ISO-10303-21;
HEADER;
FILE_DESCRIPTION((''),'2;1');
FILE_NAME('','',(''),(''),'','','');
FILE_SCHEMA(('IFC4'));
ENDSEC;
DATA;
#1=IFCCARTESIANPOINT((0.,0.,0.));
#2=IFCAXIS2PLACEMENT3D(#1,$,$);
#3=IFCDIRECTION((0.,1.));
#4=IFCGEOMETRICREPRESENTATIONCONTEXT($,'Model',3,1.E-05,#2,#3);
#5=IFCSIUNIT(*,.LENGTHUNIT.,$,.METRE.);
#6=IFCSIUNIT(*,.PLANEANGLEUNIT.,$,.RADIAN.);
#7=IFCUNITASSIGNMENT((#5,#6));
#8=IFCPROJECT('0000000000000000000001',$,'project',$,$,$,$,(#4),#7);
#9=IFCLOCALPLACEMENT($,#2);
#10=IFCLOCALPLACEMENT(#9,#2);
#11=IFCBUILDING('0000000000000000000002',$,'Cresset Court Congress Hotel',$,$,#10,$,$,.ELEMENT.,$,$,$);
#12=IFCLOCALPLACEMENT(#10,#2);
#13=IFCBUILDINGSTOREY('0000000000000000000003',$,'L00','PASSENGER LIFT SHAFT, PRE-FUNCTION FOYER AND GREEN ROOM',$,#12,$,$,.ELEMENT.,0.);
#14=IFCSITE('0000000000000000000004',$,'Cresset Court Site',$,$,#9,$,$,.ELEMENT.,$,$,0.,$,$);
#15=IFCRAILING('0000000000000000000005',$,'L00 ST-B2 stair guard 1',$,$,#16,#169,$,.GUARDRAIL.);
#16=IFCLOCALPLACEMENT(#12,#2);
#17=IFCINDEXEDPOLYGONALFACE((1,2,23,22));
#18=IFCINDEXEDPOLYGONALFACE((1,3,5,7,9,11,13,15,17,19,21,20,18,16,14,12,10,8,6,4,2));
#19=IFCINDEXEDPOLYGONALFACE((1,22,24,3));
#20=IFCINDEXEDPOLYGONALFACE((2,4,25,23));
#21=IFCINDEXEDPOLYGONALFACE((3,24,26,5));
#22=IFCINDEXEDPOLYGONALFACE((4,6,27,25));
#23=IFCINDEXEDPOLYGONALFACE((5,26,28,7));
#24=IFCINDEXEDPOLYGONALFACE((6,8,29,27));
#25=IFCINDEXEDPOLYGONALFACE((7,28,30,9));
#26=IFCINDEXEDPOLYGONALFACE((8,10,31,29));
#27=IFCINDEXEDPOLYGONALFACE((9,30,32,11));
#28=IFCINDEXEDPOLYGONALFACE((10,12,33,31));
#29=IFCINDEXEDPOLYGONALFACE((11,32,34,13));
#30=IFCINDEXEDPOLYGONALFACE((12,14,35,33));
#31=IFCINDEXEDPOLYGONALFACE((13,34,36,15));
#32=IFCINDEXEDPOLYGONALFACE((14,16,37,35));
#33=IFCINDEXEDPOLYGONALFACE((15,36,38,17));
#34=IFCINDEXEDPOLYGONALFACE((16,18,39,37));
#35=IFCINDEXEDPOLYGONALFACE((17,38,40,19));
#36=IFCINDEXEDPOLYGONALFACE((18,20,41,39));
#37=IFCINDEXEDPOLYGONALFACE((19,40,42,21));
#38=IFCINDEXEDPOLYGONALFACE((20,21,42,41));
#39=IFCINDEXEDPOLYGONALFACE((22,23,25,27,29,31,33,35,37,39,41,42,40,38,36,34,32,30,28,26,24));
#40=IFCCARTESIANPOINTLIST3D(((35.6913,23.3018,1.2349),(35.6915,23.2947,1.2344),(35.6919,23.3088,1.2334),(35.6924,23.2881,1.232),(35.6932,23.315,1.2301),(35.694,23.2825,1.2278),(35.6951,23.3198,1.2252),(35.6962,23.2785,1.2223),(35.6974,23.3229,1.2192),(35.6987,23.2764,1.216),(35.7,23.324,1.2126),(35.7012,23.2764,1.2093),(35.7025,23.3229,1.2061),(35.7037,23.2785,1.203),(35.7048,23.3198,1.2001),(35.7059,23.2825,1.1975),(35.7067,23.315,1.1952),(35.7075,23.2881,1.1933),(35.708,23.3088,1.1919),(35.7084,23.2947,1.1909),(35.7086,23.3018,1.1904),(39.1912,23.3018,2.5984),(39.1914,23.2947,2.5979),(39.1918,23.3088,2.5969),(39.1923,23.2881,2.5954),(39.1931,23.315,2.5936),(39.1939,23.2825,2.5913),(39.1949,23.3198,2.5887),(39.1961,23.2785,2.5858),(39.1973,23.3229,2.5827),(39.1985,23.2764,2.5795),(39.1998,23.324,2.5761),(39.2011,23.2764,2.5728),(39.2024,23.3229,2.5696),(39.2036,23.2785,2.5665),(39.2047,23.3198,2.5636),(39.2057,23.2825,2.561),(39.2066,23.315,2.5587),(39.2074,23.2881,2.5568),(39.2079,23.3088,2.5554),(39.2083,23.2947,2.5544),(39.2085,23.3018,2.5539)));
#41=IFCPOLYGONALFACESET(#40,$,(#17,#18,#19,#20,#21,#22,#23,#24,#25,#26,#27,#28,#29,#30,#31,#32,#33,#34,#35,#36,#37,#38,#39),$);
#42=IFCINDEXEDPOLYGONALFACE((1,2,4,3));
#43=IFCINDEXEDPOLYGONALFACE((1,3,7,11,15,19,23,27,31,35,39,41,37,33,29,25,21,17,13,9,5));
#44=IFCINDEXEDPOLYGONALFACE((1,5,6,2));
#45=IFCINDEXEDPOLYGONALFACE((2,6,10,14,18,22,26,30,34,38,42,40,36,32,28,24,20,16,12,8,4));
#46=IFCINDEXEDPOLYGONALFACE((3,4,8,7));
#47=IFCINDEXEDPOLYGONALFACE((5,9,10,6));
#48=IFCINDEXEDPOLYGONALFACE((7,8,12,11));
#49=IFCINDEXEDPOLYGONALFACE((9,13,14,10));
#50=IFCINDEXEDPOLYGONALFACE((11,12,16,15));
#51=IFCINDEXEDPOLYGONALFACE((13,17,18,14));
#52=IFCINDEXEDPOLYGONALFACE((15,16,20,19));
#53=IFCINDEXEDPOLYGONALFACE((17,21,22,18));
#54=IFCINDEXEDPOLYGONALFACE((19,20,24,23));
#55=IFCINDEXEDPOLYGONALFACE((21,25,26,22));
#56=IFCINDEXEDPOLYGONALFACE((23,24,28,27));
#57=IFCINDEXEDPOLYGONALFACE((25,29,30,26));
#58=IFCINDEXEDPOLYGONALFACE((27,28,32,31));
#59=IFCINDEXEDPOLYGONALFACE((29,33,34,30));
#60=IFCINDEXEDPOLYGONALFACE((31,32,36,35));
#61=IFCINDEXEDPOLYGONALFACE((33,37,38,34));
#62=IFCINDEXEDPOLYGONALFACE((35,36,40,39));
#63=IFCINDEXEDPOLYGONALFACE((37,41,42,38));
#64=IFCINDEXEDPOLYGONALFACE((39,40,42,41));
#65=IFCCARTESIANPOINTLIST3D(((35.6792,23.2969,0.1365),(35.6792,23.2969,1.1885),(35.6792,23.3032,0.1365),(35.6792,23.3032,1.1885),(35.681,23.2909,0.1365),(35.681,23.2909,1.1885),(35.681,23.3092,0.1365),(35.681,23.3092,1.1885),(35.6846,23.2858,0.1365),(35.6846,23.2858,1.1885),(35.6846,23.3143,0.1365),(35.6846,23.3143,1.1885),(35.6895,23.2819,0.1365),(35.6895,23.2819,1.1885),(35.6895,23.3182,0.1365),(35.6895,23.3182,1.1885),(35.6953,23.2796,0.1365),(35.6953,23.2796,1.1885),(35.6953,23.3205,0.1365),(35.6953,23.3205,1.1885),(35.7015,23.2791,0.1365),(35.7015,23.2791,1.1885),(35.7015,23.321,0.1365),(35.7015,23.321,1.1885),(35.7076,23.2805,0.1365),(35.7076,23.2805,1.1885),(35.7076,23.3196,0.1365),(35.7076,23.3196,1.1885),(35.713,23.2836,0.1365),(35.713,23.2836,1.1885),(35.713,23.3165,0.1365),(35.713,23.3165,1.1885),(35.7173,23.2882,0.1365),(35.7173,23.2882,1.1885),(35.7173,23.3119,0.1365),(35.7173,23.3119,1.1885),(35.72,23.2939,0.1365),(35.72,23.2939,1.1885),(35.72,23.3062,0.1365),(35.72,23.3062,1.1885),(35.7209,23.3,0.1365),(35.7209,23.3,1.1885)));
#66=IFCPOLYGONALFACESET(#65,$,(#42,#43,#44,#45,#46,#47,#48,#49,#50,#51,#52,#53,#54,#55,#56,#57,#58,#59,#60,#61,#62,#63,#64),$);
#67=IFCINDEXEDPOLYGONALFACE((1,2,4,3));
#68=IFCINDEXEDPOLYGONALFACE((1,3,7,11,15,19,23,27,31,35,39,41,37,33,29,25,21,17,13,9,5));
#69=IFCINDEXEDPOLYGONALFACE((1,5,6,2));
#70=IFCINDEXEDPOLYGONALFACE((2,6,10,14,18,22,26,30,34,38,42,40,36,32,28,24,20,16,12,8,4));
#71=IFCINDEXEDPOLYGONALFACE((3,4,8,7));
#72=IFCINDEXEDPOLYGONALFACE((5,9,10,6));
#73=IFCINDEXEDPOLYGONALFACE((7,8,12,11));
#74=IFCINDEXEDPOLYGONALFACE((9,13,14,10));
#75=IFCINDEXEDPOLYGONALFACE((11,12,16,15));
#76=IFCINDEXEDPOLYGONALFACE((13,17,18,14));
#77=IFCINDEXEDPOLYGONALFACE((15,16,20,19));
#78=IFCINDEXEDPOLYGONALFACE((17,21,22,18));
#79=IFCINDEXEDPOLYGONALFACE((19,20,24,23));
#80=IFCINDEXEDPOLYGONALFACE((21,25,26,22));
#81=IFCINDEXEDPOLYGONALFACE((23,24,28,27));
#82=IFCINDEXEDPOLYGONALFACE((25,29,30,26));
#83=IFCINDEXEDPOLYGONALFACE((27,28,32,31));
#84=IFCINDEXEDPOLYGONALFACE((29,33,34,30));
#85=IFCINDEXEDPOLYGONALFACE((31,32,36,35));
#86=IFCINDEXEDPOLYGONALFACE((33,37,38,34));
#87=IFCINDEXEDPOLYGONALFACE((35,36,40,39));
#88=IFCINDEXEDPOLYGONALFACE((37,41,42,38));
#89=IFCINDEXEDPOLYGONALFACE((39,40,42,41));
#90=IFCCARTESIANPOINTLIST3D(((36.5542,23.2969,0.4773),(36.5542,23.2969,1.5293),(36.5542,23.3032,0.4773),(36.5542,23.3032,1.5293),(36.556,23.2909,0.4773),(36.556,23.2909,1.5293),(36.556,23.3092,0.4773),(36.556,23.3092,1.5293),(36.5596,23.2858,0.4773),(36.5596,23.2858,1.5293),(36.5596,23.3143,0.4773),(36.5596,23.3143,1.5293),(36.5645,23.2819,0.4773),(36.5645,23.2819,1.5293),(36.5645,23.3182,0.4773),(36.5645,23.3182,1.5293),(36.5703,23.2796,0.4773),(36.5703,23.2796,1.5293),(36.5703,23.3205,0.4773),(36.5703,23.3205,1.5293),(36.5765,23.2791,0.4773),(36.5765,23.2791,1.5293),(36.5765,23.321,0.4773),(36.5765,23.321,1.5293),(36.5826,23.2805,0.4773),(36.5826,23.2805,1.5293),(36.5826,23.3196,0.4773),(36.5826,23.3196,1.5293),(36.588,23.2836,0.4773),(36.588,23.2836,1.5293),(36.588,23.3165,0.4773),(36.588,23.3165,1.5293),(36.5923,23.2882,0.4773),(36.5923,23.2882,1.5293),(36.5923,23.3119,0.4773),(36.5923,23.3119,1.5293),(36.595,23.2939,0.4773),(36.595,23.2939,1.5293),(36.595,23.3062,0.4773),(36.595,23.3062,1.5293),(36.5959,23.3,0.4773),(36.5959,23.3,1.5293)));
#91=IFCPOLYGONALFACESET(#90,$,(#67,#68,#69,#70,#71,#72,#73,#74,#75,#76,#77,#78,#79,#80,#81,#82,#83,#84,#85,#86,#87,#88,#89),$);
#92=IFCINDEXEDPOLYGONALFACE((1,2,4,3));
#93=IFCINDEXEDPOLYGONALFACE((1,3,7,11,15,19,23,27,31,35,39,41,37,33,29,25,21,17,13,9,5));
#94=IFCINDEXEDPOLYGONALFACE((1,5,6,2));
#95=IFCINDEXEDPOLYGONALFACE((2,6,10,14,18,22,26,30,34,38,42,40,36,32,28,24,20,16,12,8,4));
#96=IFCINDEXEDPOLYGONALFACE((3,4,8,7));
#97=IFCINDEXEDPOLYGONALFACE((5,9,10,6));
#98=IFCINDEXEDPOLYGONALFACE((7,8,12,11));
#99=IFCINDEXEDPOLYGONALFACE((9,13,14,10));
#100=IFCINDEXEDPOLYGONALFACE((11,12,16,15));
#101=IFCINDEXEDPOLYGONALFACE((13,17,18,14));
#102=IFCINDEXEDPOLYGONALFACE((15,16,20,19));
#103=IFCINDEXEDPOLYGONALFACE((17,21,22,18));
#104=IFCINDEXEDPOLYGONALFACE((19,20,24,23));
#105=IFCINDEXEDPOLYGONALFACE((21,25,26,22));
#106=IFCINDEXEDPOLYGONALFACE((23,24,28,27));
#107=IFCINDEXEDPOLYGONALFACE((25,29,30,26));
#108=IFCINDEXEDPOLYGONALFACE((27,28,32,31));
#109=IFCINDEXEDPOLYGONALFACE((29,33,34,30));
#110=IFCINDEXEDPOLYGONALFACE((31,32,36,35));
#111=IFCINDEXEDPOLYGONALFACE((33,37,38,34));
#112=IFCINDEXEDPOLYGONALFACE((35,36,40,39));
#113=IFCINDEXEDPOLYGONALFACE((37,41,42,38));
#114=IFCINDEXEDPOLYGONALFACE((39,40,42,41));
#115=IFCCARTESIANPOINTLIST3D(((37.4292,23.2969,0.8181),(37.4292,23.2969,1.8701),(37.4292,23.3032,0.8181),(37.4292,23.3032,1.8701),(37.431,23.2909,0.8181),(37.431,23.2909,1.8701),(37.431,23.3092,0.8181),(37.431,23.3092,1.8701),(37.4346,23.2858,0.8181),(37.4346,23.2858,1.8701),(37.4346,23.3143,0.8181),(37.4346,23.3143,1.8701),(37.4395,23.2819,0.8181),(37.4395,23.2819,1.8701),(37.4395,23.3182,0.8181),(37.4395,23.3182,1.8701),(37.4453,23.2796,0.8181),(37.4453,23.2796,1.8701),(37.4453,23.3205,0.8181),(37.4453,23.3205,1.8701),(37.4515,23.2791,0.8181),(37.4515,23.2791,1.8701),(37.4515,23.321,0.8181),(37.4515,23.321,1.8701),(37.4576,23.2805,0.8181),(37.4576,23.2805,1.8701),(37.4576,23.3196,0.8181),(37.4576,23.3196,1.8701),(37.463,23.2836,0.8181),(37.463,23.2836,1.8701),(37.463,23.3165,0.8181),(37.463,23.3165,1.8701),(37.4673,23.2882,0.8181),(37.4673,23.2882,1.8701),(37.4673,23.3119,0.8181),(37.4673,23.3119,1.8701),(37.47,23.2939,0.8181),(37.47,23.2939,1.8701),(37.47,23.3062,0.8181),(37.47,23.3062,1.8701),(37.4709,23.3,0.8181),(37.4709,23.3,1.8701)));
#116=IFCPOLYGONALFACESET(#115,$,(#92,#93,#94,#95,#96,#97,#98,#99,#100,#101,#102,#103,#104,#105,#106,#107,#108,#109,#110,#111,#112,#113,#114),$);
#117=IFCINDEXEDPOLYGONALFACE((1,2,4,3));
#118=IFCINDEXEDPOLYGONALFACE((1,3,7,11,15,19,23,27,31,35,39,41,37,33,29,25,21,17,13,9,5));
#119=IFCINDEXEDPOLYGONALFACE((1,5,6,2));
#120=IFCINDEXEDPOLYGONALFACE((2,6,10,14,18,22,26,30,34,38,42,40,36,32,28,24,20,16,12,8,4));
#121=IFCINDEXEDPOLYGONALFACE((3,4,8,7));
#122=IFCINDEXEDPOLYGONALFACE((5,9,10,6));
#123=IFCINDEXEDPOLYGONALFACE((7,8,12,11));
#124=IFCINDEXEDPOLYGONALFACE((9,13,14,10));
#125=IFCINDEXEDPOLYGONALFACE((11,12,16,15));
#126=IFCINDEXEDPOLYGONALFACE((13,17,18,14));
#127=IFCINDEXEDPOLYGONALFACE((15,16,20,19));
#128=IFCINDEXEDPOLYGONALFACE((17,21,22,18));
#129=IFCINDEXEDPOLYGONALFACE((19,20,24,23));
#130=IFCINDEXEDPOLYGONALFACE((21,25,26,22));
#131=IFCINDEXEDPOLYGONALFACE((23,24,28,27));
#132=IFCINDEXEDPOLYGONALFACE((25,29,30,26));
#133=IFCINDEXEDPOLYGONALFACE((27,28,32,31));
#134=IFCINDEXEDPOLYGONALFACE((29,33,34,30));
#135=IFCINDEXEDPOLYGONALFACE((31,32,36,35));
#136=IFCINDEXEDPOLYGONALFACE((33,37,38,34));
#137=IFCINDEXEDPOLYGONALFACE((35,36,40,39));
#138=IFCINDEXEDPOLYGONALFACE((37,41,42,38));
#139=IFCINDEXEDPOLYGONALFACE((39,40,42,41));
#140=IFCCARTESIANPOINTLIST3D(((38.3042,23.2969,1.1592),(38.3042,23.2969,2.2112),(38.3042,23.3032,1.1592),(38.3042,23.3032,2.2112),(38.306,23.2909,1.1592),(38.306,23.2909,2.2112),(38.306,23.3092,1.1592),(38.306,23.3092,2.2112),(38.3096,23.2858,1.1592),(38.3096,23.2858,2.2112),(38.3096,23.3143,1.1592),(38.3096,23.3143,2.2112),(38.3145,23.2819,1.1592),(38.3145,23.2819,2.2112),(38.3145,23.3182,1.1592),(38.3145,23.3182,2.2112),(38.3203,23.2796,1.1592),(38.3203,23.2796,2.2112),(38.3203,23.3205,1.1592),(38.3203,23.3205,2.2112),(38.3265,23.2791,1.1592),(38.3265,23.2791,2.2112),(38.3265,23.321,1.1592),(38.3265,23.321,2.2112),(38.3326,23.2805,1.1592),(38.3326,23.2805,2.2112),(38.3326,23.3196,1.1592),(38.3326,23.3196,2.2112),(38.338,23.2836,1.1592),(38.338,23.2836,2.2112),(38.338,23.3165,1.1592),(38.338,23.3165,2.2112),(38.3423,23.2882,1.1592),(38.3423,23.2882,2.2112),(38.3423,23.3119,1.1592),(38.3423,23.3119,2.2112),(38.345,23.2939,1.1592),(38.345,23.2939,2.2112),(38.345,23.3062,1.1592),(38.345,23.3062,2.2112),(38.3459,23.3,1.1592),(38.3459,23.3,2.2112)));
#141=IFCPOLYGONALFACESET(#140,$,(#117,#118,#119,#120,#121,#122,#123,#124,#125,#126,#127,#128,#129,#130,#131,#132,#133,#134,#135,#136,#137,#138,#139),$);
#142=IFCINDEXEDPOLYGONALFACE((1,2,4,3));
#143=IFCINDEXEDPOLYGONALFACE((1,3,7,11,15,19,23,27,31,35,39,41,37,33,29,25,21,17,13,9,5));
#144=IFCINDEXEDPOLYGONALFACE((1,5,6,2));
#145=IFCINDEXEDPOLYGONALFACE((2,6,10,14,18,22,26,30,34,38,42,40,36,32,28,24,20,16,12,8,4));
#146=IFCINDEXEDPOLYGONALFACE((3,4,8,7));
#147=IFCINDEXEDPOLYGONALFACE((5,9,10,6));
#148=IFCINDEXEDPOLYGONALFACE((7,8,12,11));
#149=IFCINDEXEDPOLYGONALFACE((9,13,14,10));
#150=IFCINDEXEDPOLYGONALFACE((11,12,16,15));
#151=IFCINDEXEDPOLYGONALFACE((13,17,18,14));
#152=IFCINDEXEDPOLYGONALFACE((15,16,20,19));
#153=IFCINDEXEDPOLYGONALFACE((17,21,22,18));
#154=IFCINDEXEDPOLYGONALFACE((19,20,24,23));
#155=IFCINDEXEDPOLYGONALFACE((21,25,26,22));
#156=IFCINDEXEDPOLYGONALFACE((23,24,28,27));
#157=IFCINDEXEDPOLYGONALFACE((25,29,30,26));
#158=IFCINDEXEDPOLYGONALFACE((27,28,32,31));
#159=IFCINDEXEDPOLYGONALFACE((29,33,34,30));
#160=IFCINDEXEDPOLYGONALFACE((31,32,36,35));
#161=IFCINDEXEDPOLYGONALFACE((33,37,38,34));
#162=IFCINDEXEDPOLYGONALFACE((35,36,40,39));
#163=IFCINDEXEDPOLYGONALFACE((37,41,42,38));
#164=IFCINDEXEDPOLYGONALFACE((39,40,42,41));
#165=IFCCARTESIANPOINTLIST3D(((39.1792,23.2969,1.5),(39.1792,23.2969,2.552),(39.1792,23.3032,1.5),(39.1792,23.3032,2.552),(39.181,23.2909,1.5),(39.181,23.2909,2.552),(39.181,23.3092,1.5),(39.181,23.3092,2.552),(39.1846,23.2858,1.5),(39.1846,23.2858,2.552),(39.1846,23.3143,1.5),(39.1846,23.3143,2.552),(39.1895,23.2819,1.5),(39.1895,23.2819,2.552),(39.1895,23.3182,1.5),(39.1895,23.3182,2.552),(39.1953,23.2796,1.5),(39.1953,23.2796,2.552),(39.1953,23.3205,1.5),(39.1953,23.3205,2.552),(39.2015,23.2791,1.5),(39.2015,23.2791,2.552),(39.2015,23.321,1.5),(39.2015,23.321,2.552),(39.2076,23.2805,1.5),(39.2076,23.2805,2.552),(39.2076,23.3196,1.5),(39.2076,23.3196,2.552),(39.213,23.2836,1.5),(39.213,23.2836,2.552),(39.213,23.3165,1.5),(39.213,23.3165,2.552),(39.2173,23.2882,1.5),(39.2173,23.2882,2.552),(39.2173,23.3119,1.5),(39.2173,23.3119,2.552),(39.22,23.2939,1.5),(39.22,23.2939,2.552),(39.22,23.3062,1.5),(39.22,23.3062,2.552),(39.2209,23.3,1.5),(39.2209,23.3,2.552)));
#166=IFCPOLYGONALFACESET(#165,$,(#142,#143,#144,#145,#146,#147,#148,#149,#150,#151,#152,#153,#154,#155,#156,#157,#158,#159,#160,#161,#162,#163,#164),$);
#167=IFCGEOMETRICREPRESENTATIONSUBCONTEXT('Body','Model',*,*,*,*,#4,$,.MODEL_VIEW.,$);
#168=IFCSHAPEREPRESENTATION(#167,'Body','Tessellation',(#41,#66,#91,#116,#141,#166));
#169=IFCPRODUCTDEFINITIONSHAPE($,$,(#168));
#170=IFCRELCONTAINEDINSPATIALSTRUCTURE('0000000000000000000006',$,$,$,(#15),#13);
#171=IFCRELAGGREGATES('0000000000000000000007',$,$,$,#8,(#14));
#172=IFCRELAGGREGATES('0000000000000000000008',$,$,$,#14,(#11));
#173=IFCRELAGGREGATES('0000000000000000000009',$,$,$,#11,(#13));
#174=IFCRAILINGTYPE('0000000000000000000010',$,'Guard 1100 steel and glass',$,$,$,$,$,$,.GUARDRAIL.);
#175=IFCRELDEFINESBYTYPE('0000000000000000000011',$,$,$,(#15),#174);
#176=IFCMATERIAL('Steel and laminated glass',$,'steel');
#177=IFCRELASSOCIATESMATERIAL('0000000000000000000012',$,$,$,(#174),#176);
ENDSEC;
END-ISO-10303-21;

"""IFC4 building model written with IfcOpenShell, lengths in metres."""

from ifc_helpers import new_model, si_unit, direction, frame, origin, origin_2d, place, context, subcontext, project, spatial, circle, extrude, material, type_object, element, save


model = new_model("IFC4")

# Units and contexts
model_context = context("Model", 3, precision=1e-05, world=origin(), true_north=direction((0.0, 1.0)))
body_context = subcontext(model_context, "Body", "Model", "MODEL_VIEW")
ifc_project = project(units=[si_unit("LENGTHUNIT", "METRE"), si_unit("PLANEANGLEUNIT", "RADIAN")], contexts=[model_context])

# Site, building, storey
site_placement = place(None, origin())
site = spatial("IfcSite", under=ifc_project, at=site_placement, Name="Cresset Court Site", CompositionType="ELEMENT", RefElevation=0.0)
building_placement = place(site_placement, origin())
building = spatial("IfcBuilding", under=site, at=building_placement, Name="Cresset Court Congress Hotel", CompositionType="ELEMENT")
storey_placement = place(building_placement, origin())
storey = spatial("IfcBuildingStorey", under=building, at=storey_placement, Name="L00", Description="PASSENGER LIFT SHAFT, PRE-FUNCTION FOYER AND GREEN ROOM", CompositionType="ELEMENT", Elevation=0.0)

# Railing
ifc_material_1 = material(Name="Steel and laminated glass", Category="steel")
railing_type_1 = type_object("IfcRailingType", Name="Guard 1100 steel and glass", PredefinedType="GUARDRAIL", material=ifc_material_1)
railing_1_placement = place(storey_placement, frame((35.7, 23.3, 0.1365)))
element("IfcRailing", 1, at=railing_1_placement, inside=storey, type_object=railing_type_1, Name="L00 ST-B2 stair guard 1", PredefinedType="GUARDRAIL", context=body_context, shape_type="SweptSolid", body=[
    extrude(circle(Radius=0.0239, at=origin_2d()), frame((0.0, 0.0, 1.0762), z_axis=(0.931787, 0.0, 0.363005), x_axis=(0.0, 1.0, 0.0)), (0.0, 0.0, 1.0), 3.7561),
    extrude(circle(Radius=0.021, at=origin_2d()), origin(), (0.0, 0.0, 1.0), 1.052),
    extrude(circle(Radius=0.021, at=origin_2d()), frame((0.875, 0.0, 0.3408)), (0.0, 0.0, 1.0), 1.052),
    extrude(circle(Radius=0.021, at=origin_2d()), frame((1.75, 0.0, 0.6816)), (0.0, 0.0, 1.0), 1.052),
    extrude(circle(Radius=0.021, at=origin_2d()), frame((2.625, 0.0, 1.0227)), (0.0, 0.0, 1.0), 1.052),
    extrude(circle(Radius=0.021, at=origin_2d()), frame((3.5, 0.0, 1.3635)), (0.0, 0.0, 1.0), 1.052),
])

save(model, "model.ifc")
